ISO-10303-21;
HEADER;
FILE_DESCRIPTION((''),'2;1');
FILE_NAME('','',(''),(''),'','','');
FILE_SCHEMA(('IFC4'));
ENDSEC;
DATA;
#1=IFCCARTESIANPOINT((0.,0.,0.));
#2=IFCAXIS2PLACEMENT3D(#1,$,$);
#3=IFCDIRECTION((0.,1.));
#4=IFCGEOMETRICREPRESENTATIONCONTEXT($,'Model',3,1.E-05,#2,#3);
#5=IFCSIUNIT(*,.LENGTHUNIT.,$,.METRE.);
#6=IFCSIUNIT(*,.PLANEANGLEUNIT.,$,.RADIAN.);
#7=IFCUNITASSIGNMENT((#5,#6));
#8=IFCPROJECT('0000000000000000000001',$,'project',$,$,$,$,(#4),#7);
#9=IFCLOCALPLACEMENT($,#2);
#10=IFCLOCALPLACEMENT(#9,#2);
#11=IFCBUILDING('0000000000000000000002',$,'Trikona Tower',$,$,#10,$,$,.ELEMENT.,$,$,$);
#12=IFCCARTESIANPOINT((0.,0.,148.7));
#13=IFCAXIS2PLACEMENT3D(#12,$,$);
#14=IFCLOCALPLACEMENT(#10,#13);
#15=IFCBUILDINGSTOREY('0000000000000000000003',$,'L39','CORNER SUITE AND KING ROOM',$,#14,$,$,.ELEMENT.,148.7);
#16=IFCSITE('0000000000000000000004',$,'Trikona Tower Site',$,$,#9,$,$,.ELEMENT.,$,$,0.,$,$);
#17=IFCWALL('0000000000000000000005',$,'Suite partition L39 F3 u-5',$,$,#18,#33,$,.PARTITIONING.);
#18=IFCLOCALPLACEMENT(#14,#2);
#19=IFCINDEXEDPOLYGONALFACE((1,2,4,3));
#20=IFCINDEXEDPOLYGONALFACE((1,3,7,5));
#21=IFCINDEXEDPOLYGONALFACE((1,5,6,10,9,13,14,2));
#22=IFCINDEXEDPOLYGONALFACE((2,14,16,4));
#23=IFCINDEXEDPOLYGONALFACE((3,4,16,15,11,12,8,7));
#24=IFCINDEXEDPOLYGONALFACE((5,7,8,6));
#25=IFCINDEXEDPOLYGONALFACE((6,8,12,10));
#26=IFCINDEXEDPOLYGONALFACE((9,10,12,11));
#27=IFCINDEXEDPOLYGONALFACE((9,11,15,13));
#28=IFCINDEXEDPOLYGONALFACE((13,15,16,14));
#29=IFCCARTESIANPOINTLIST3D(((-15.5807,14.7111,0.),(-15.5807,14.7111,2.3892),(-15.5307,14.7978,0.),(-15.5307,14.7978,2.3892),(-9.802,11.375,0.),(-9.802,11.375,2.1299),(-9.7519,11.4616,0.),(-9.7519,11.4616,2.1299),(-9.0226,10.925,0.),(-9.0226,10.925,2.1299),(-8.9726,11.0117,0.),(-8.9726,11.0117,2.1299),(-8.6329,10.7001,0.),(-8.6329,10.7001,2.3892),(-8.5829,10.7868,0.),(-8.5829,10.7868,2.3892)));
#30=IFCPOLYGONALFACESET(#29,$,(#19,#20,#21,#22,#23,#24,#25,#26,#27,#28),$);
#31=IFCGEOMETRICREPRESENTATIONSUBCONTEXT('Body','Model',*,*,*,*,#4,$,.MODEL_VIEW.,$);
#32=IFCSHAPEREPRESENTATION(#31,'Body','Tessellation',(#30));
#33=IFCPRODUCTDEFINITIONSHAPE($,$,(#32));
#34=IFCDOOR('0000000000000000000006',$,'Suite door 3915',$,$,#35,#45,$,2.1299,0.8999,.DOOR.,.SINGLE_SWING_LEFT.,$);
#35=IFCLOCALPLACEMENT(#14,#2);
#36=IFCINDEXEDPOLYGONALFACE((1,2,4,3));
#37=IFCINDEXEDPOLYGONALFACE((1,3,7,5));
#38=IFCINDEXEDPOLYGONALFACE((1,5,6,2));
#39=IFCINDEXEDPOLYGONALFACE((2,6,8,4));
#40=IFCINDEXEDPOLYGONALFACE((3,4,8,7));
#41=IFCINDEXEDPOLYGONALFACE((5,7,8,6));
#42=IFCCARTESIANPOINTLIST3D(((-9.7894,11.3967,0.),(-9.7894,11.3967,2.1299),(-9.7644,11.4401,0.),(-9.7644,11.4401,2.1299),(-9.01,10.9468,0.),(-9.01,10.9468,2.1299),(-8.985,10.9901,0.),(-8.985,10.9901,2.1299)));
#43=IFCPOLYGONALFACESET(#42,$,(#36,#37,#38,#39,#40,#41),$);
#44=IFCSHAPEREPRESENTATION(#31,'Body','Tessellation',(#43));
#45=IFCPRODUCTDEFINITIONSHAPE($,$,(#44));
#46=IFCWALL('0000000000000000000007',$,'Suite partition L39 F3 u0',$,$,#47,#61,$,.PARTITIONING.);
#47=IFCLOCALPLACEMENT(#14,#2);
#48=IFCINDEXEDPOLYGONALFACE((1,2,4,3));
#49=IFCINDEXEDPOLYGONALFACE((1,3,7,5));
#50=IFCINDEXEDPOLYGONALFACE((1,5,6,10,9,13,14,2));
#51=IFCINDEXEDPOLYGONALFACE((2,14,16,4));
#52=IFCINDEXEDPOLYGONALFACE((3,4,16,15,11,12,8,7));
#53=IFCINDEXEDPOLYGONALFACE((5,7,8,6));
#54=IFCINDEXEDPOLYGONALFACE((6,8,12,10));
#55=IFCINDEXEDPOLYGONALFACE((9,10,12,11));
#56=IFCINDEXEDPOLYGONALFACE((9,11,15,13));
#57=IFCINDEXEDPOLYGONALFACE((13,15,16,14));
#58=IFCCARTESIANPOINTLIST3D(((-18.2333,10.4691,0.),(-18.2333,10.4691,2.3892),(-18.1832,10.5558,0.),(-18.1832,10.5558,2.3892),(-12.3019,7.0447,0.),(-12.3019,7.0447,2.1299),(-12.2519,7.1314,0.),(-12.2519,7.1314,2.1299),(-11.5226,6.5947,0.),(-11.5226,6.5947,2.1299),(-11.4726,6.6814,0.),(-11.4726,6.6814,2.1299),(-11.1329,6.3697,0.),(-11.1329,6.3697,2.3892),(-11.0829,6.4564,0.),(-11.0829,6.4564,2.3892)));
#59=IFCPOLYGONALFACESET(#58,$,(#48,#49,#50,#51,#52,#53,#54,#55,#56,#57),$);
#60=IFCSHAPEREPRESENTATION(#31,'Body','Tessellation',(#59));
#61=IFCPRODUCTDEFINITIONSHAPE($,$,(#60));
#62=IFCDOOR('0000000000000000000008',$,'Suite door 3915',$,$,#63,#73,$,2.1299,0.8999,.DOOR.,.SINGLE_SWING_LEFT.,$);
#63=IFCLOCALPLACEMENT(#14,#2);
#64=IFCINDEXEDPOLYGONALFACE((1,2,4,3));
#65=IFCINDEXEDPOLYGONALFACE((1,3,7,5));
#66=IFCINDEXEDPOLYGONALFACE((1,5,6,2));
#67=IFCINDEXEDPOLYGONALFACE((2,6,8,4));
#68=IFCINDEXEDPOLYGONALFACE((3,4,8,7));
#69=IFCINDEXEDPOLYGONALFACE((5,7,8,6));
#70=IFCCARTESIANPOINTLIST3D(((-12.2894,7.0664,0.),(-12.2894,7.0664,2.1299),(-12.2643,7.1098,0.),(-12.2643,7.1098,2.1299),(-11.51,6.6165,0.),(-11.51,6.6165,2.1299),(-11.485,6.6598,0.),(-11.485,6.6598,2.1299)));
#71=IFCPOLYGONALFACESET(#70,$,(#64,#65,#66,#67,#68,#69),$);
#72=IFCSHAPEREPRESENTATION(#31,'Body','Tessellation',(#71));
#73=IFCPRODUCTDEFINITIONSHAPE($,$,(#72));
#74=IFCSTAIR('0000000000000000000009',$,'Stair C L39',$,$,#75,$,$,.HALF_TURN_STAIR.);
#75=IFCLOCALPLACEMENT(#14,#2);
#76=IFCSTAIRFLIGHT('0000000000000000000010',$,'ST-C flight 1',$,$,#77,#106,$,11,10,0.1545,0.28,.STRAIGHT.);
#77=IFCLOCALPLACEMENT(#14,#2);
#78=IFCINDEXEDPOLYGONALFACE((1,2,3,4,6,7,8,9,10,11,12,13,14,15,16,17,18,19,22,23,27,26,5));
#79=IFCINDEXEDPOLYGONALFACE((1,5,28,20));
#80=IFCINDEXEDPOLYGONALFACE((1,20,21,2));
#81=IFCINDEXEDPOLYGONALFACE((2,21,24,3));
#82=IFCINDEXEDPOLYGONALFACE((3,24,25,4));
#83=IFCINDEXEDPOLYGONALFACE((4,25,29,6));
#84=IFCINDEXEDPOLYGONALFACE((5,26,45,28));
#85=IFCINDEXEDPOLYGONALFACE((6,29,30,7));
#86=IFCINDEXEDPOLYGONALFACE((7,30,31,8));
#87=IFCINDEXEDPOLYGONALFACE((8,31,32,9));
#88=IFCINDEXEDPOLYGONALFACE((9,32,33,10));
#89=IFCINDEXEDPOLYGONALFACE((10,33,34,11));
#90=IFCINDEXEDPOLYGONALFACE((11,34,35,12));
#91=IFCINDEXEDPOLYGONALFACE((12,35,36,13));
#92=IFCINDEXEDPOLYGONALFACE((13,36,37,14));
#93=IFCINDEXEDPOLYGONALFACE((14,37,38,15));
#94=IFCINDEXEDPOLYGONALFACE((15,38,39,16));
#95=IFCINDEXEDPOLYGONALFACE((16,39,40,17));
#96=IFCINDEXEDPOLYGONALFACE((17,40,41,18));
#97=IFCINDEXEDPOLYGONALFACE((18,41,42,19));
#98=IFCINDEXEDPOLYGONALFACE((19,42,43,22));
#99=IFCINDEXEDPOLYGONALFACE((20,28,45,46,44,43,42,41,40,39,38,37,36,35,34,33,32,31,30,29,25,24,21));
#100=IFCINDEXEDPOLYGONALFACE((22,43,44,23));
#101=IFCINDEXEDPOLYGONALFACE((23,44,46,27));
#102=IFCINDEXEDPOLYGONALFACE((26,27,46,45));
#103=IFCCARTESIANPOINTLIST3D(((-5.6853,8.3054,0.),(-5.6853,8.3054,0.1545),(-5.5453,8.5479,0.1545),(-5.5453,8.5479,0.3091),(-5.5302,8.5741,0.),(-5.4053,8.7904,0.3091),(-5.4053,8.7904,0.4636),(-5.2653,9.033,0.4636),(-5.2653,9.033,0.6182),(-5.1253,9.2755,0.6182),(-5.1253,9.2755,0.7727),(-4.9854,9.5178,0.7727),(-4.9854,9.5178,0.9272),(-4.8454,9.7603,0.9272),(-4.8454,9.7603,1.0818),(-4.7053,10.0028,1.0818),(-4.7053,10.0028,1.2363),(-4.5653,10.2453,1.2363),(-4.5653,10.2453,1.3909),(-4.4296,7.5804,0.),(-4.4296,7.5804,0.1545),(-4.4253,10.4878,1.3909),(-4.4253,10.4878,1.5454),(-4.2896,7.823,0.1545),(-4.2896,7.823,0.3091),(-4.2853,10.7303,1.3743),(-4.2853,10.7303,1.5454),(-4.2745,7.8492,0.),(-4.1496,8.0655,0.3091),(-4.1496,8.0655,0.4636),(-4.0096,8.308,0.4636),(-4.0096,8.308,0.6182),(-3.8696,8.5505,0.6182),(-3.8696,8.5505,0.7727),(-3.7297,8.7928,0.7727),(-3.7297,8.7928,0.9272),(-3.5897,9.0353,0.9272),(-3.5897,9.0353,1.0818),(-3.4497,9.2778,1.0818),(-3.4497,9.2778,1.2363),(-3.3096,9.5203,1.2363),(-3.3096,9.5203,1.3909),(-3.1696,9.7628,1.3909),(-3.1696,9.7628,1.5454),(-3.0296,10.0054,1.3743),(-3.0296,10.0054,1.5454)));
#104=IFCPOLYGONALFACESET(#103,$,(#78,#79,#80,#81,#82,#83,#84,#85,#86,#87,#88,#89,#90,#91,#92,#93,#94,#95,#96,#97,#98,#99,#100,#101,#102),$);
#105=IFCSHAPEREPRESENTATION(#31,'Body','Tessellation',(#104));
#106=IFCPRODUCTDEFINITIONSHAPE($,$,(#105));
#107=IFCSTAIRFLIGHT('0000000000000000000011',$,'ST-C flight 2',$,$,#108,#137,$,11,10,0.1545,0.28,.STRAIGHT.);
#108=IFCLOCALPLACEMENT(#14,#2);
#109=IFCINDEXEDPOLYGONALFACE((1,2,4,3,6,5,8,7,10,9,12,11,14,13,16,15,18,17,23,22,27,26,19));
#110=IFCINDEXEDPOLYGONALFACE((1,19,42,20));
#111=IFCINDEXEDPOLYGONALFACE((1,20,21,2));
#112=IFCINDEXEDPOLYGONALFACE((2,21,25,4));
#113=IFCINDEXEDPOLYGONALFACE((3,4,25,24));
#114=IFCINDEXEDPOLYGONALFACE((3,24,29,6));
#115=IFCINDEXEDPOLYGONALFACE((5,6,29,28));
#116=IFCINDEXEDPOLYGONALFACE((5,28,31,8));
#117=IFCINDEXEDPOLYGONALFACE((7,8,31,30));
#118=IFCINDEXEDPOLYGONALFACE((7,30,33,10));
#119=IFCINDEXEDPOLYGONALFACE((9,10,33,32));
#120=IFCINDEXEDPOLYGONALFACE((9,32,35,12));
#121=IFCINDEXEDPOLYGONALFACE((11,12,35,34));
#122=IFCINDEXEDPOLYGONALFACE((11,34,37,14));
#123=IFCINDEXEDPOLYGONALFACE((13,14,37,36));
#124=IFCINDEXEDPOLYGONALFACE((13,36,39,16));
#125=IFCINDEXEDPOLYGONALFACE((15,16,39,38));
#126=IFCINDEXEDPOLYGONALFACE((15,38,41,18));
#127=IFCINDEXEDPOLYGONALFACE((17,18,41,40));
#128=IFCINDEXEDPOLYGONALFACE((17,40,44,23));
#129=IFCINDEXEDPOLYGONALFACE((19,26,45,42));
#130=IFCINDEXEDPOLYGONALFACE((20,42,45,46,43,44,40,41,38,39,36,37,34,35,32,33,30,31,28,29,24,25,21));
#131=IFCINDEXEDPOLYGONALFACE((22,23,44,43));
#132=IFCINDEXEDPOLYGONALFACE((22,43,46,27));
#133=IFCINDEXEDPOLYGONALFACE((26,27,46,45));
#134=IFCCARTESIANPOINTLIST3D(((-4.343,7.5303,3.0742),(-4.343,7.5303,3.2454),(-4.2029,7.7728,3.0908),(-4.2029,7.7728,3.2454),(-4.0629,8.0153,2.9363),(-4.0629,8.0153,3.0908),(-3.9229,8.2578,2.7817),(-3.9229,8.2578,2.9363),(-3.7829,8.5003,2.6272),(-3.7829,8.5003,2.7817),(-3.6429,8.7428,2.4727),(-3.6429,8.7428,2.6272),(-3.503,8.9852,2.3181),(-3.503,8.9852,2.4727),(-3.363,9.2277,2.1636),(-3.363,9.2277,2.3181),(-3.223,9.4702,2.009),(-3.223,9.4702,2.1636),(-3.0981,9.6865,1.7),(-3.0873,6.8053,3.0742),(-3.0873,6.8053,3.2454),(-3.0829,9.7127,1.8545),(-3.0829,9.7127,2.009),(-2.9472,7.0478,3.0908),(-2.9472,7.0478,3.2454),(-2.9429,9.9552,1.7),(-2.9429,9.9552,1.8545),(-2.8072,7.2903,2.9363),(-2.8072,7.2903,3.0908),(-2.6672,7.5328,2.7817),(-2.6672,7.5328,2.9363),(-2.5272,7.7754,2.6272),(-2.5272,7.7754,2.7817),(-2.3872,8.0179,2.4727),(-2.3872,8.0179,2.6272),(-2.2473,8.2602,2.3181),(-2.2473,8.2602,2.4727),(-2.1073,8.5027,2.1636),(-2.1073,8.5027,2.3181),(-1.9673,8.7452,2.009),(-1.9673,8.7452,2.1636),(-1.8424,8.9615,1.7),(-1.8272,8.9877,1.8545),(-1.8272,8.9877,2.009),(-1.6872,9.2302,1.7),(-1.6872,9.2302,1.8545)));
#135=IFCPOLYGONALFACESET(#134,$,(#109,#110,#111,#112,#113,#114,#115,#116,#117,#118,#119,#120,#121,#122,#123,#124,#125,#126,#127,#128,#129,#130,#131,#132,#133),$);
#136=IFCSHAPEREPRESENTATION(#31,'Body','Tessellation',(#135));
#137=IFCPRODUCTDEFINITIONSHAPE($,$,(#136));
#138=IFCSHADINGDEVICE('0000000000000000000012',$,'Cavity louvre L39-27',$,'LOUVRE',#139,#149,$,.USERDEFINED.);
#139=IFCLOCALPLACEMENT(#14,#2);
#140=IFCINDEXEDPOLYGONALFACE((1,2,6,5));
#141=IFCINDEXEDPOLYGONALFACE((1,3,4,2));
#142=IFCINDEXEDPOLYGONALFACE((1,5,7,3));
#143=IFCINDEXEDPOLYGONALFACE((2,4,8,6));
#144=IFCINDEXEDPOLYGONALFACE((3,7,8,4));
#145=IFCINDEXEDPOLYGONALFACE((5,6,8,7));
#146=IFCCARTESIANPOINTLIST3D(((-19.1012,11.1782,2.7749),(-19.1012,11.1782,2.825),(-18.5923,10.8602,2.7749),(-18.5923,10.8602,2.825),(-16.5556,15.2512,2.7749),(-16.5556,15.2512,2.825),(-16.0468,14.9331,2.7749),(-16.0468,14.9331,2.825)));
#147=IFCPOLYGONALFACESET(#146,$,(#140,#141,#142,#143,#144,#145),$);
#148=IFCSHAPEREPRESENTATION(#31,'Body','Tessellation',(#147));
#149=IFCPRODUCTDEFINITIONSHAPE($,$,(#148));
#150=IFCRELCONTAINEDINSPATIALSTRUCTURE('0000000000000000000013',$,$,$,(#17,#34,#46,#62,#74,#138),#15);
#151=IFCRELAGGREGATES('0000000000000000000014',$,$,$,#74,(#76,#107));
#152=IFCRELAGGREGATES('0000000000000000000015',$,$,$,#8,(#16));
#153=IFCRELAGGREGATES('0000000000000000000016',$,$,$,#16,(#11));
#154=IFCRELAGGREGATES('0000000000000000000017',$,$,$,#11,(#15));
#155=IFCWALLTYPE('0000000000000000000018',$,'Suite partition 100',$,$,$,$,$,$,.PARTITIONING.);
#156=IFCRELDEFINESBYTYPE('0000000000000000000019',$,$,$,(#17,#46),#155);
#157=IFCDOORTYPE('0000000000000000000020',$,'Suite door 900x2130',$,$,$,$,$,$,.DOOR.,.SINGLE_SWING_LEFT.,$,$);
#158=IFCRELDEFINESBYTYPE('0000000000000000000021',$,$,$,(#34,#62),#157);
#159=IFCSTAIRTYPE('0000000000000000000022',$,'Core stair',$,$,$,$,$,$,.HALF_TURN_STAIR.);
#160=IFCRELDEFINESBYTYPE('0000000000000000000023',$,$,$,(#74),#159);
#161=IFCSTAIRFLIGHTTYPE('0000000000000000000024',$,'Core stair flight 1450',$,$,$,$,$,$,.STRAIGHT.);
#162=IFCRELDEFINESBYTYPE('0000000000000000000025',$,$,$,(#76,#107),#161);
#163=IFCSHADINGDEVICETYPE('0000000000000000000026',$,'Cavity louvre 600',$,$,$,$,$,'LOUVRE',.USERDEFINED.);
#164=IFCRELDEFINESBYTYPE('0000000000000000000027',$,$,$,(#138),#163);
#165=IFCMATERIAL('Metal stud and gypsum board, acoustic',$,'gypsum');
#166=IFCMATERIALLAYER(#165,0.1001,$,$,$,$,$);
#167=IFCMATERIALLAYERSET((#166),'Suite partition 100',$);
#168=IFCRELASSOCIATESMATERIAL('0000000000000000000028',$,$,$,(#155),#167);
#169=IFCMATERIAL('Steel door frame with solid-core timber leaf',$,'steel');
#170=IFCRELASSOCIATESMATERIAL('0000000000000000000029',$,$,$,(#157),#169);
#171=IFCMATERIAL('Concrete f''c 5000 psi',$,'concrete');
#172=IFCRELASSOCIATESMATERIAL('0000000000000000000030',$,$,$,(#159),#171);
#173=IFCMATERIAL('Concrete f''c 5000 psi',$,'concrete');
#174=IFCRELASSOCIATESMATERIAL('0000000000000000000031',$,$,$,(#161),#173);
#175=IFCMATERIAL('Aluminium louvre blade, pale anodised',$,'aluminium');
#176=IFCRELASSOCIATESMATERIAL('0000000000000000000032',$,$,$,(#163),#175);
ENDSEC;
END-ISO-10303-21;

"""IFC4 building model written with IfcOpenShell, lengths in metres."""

from ifc_helpers import new_model, si_unit, direction, frame, frame_2d, origin, origin_2d, place, context, subcontext, project, spatial, polyline, rectangle, outline, extrude, material, layer, layer_set, type_object, element, fill, aggregate, save


model = new_model("IFC4")

# Units and contexts
model_context = context("Model", 3, precision=1e-05, world=origin(), true_north=direction((0.0, 1.0)))
body_context = subcontext(model_context, "Body", "Model", "MODEL_VIEW")
ifc_project = project(units=[si_unit("LENGTHUNIT", "METRE"), si_unit("PLANEANGLEUNIT", "RADIAN")], contexts=[model_context])

# Site, building, storey
site_placement = place(None, origin())
site = spatial("IfcSite", under=ifc_project, at=site_placement, Name="Trikona Tower Site", CompositionType="ELEMENT", RefElevation=0.0)
building_placement = place(site_placement, origin())
building = spatial("IfcBuilding", under=site, at=building_placement, Name="Trikona Tower", CompositionType="ELEMENT")
storey_placement = place(building_placement, frame((0.0, 0.0, 148.7)))
storey = spatial("IfcBuildingStorey", under=building, at=storey_placement, Name="L39", Description="CORNER SUITE AND KING ROOM", CompositionType="ELEMENT", Elevation=148.7)

# Walls, openings, doors
ifc_material_1 = material(Name="Metal stud and gypsum board, acoustic", Category="gypsum")
ifc_layer_1 = layer(ifc_material_1, 0.1001)
ifc_layer_set_1 = layer_set([ifc_layer_1], Name="Suite partition 100")
wall_type_1 = type_object("IfcWallType", Name="Suite partition 100", PredefinedType="PARTITIONING", material=ifc_layer_set_1)
wall_1_placement = place(storey_placement, frame((-8.6079, 10.7434, 0.0), z_axis=(0.0, 0.0, 1.0), x_axis=(-0.866042, 0.499972, 0.0)))
wall_1 = element("IfcWall", 1, at=wall_1_placement, inside=storey, type_object=wall_type_1, Name="Suite partition L39 F3 u-5", PredefinedType="PARTITIONING", context=body_context, shape_type="SweptSolid", body=[
    extrude(rectangle(XDim=8.0225, YDim=0.1001, at=frame_2d((4.0112, 0.0))), origin(), (0.0, 0.0, 1.0), 2.3892),
])
opening_1_placement = place(wall_1_placement, frame((0.45, 0.0, 0.0)))
opening_1 = element("IfcOpeningElement", 2, at=opening_1_placement, cuts=wall_1, PredefinedType="OPENING", context=body_context, shape_type="SweptSolid", body=[
    extrude(rectangle(XDim=0.8999, YDim=2.1299, at=frame_2d((0.45, 1.0649))), frame((0.0, 0.0601, 0.0), z_axis=(0.0, -1.0, 0.0), x_axis=(1.0, 0.0, 0.0)), (0.0, 0.0, 1.0), 0.1201),
])
ifc_material_2 = material(Name="Steel door frame with solid-core timber leaf", Category="steel")
door_type_1 = type_object("IfcDoorType", Name="Suite door 900x2130", OperationType="SINGLE_SWING_LEFT", PredefinedType="DOOR", material=ifc_material_2)
door_1_placement = place(opening_1_placement, origin())
door_1 = element("IfcDoor", 3, at=door_1_placement, inside=storey, type_object=door_type_1, Name="Suite door 3915", OperationType="SINGLE_SWING_LEFT", OverallHeight=2.1299, OverallWidth=0.8999, PredefinedType="DOOR", context=body_context, shape_type="SweptSolid", body=[
    extrude(rectangle(XDim=0.8999, YDim=2.1299, at=frame_2d((0.45, 1.0649))), frame((0.0, 0.0249, 0.0), z_axis=(0.0, -1.0, 0.0), x_axis=(1.0, 0.0, 0.0)), (0.0, 0.0, 1.0), 0.05),
])
fill(opening_1, door_1)
wall_2_placement = place(storey_placement, frame((-11.1079, 6.4131, 0.0), z_axis=(0.0, 0.0, 1.0), x_axis=(-0.866026, 0.499998, 0.0)))
wall_2 = element("IfcWall", 4, at=wall_2_placement, inside=storey, type_object=wall_type_1, Name="Suite partition L39 F3 u0", PredefinedType="PARTITIONING", context=body_context, shape_type="SweptSolid", body=[
    extrude(rectangle(XDim=8.1987, YDim=0.1001, at=frame_2d((4.0994, 0.0))), origin(), (0.0, 0.0, 1.0), 2.3892),
])
opening_2_placement = place(wall_2_placement, frame((0.45, 0.0, 0.0)))
opening_2 = element("IfcOpeningElement", 5, at=opening_2_placement, cuts=wall_2, PredefinedType="OPENING", context=body_context, shape_type="SweptSolid", body=[
    extrude(rectangle(XDim=0.8999, YDim=2.1299, at=frame_2d((0.45, 1.0649))), frame((0.0, 0.0601, 0.0), z_axis=(0.0, -1.0, 0.0), x_axis=(1.0, 0.0, 0.0)), (0.0, 0.0, 1.0), 0.1201),
])
door_2_placement = place(opening_2_placement, origin())
door_2 = element("IfcDoor", 6, at=door_2_placement, inside=storey, type_object=door_type_1, Name="Suite door 3915", OperationType="SINGLE_SWING_LEFT", OverallHeight=2.1299, OverallWidth=0.8999, PredefinedType="DOOR", context=body_context, shape_type="SweptSolid", body=[
    extrude(rectangle(XDim=0.8999, YDim=2.1299, at=frame_2d((0.45, 1.0649))), frame((0.0, 0.0249, 0.0), z_axis=(0.0, -1.0, 0.0), x_axis=(1.0, 0.0, 0.0)), (0.0, 0.0, 1.0), 0.05),
])
fill(opening_2, door_2)

# Stair, stair flights
ifc_material_3 = material(Name="Concrete f'c 5000 psi", Category="concrete")
stair_type = type_object("IfcStairType", Name="Core stair", PredefinedType="HALF_TURN_STAIR", material=ifc_material_3)
stair_placement = place(storey_placement, origin())
stair = element("IfcStair", 7, at=stair_placement, inside=storey, type_object=stair_type, Name="Stair C L39", PredefinedType="HALF_TURN_STAIR")
ifc_material_4 = material(Name="Concrete f'c 5000 psi", Category="concrete")
stair_flight_type = type_object("IfcStairFlightType", Name="Core stair flight 1450", PredefinedType="STRAIGHT", material=ifc_material_4)
stair_flight_1_placement = place(storey_placement, frame((-5.0574, 7.9429, 0.0), z_axis=(0.0, 0.0, 1.0), x_axis=(0.5, 0.866025, 0.0)))
stair_flight_1 = element("IfcStairFlight", 8, at=stair_flight_1_placement, type_object=stair_flight_type, Name="ST-C flight 1", NumberOfRisers=11, NumberOfTreads=10, PredefinedType="STRAIGHT", RiserHeight=0.1545, TreadLength=0.28, context=body_context, shape_type="SweptSolid", body=[
    extrude(outline(polyline([(0.0, 0.0), (0.0, 0.1545), (0.28, 0.1545), (0.28, 0.3091), (0.5601, 0.3091), (0.5601, 0.4636), (0.8401, 0.4636), (0.8401, 0.6182), (1.1201, 0.6182), (1.1201, 0.7727), (1.3999, 0.7727), (1.3999, 0.9272), (1.6799, 0.9272), (1.6799, 1.0818), (1.96, 1.0818), (1.96, 1.2363), (2.24, 1.2363), (2.24, 1.3909), (2.52, 1.3909), (2.52, 1.5454), (2.8, 1.5454), (2.8, 1.7), (2.8, 1.3743), (0.3103, 0.0), (0.0, 0.0)])), frame((0.0, 0.7251, 0.0), z_axis=(0.0, -1.0, 0.0), x_axis=(1.0, 0.0, 0.0)), (0.0, 0.0, 1.0), 1.45),
])
stair_flight_2_placement = place(storey_placement, frame((-2.3152, 9.5928, 1.7), z_axis=(0.0, 0.0, 1.0), x_axis=(-0.5, -0.866025, 0.0)))
stair_flight_2 = element("IfcStairFlight", 9, at=stair_flight_2_placement, type_object=stair_flight_type, Name="ST-C flight 2", NumberOfRisers=11, NumberOfTreads=10, PredefinedType="STRAIGHT", RiserHeight=0.1545, TreadLength=0.28, context=body_context, shape_type="SweptSolid", body=[
    extrude(outline(polyline([(0.0, 0.0), (0.0, 0.1545), (0.28, 0.1545), (0.28, 0.3091), (0.5601, 0.3091), (0.5601, 0.4636), (0.8401, 0.4636), (0.8401, 0.6182), (1.1201, 0.6182), (1.1201, 0.7727), (1.3999, 0.7727), (1.3999, 0.9272), (1.6799, 0.9272), (1.6799, 1.0818), (1.96, 1.0818), (1.96, 1.2363), (2.24, 1.2363), (2.24, 1.3909), (2.52, 1.3909), (2.52, 1.5454), (2.8, 1.5454), (2.8, 1.7), (2.8, 1.3743), (0.3103, 0.0), (0.0, 0.0)])), frame((0.0, 0.7251, 0.0), z_axis=(0.0, -1.0, 0.0), x_axis=(1.0, 0.0, 0.0)), (0.0, 0.0, 1.0), 1.45),
])
aggregate(stair, [stair_flight_1, stair_flight_2])

# Shading device
ifc_material_5 = material(Name="Aluminium louvre blade, pale anodised", Category="aluminium")
shading_device_type = type_object("IfcShadingDeviceType", Name="Cavity louvre 600", ElementType="LOUVRE", PredefinedType="USERDEFINED", material=ifc_material_5)
shading_device_placement = place(storey_placement, frame((-17.574, 13.0557, 2.7749), z_axis=(0.0, 0.0, 1.0), x_axis=(-0.529995, -0.848001, 0.0)))
element("IfcShadingDevice", 10, at=shading_device_placement, inside=storey, type_object=shading_device_type, Name="Cavity louvre L39-27", ObjectType="LOUVRE", PredefinedType="USERDEFINED", context=body_context, shape_type="SweptSolid", body=[
    extrude(rectangle(XDim=4.803, YDim=0.6001, at=origin_2d()), origin(), (0.0, 0.0, 1.0), 0.05),
])

save(model, "model.ifc")
